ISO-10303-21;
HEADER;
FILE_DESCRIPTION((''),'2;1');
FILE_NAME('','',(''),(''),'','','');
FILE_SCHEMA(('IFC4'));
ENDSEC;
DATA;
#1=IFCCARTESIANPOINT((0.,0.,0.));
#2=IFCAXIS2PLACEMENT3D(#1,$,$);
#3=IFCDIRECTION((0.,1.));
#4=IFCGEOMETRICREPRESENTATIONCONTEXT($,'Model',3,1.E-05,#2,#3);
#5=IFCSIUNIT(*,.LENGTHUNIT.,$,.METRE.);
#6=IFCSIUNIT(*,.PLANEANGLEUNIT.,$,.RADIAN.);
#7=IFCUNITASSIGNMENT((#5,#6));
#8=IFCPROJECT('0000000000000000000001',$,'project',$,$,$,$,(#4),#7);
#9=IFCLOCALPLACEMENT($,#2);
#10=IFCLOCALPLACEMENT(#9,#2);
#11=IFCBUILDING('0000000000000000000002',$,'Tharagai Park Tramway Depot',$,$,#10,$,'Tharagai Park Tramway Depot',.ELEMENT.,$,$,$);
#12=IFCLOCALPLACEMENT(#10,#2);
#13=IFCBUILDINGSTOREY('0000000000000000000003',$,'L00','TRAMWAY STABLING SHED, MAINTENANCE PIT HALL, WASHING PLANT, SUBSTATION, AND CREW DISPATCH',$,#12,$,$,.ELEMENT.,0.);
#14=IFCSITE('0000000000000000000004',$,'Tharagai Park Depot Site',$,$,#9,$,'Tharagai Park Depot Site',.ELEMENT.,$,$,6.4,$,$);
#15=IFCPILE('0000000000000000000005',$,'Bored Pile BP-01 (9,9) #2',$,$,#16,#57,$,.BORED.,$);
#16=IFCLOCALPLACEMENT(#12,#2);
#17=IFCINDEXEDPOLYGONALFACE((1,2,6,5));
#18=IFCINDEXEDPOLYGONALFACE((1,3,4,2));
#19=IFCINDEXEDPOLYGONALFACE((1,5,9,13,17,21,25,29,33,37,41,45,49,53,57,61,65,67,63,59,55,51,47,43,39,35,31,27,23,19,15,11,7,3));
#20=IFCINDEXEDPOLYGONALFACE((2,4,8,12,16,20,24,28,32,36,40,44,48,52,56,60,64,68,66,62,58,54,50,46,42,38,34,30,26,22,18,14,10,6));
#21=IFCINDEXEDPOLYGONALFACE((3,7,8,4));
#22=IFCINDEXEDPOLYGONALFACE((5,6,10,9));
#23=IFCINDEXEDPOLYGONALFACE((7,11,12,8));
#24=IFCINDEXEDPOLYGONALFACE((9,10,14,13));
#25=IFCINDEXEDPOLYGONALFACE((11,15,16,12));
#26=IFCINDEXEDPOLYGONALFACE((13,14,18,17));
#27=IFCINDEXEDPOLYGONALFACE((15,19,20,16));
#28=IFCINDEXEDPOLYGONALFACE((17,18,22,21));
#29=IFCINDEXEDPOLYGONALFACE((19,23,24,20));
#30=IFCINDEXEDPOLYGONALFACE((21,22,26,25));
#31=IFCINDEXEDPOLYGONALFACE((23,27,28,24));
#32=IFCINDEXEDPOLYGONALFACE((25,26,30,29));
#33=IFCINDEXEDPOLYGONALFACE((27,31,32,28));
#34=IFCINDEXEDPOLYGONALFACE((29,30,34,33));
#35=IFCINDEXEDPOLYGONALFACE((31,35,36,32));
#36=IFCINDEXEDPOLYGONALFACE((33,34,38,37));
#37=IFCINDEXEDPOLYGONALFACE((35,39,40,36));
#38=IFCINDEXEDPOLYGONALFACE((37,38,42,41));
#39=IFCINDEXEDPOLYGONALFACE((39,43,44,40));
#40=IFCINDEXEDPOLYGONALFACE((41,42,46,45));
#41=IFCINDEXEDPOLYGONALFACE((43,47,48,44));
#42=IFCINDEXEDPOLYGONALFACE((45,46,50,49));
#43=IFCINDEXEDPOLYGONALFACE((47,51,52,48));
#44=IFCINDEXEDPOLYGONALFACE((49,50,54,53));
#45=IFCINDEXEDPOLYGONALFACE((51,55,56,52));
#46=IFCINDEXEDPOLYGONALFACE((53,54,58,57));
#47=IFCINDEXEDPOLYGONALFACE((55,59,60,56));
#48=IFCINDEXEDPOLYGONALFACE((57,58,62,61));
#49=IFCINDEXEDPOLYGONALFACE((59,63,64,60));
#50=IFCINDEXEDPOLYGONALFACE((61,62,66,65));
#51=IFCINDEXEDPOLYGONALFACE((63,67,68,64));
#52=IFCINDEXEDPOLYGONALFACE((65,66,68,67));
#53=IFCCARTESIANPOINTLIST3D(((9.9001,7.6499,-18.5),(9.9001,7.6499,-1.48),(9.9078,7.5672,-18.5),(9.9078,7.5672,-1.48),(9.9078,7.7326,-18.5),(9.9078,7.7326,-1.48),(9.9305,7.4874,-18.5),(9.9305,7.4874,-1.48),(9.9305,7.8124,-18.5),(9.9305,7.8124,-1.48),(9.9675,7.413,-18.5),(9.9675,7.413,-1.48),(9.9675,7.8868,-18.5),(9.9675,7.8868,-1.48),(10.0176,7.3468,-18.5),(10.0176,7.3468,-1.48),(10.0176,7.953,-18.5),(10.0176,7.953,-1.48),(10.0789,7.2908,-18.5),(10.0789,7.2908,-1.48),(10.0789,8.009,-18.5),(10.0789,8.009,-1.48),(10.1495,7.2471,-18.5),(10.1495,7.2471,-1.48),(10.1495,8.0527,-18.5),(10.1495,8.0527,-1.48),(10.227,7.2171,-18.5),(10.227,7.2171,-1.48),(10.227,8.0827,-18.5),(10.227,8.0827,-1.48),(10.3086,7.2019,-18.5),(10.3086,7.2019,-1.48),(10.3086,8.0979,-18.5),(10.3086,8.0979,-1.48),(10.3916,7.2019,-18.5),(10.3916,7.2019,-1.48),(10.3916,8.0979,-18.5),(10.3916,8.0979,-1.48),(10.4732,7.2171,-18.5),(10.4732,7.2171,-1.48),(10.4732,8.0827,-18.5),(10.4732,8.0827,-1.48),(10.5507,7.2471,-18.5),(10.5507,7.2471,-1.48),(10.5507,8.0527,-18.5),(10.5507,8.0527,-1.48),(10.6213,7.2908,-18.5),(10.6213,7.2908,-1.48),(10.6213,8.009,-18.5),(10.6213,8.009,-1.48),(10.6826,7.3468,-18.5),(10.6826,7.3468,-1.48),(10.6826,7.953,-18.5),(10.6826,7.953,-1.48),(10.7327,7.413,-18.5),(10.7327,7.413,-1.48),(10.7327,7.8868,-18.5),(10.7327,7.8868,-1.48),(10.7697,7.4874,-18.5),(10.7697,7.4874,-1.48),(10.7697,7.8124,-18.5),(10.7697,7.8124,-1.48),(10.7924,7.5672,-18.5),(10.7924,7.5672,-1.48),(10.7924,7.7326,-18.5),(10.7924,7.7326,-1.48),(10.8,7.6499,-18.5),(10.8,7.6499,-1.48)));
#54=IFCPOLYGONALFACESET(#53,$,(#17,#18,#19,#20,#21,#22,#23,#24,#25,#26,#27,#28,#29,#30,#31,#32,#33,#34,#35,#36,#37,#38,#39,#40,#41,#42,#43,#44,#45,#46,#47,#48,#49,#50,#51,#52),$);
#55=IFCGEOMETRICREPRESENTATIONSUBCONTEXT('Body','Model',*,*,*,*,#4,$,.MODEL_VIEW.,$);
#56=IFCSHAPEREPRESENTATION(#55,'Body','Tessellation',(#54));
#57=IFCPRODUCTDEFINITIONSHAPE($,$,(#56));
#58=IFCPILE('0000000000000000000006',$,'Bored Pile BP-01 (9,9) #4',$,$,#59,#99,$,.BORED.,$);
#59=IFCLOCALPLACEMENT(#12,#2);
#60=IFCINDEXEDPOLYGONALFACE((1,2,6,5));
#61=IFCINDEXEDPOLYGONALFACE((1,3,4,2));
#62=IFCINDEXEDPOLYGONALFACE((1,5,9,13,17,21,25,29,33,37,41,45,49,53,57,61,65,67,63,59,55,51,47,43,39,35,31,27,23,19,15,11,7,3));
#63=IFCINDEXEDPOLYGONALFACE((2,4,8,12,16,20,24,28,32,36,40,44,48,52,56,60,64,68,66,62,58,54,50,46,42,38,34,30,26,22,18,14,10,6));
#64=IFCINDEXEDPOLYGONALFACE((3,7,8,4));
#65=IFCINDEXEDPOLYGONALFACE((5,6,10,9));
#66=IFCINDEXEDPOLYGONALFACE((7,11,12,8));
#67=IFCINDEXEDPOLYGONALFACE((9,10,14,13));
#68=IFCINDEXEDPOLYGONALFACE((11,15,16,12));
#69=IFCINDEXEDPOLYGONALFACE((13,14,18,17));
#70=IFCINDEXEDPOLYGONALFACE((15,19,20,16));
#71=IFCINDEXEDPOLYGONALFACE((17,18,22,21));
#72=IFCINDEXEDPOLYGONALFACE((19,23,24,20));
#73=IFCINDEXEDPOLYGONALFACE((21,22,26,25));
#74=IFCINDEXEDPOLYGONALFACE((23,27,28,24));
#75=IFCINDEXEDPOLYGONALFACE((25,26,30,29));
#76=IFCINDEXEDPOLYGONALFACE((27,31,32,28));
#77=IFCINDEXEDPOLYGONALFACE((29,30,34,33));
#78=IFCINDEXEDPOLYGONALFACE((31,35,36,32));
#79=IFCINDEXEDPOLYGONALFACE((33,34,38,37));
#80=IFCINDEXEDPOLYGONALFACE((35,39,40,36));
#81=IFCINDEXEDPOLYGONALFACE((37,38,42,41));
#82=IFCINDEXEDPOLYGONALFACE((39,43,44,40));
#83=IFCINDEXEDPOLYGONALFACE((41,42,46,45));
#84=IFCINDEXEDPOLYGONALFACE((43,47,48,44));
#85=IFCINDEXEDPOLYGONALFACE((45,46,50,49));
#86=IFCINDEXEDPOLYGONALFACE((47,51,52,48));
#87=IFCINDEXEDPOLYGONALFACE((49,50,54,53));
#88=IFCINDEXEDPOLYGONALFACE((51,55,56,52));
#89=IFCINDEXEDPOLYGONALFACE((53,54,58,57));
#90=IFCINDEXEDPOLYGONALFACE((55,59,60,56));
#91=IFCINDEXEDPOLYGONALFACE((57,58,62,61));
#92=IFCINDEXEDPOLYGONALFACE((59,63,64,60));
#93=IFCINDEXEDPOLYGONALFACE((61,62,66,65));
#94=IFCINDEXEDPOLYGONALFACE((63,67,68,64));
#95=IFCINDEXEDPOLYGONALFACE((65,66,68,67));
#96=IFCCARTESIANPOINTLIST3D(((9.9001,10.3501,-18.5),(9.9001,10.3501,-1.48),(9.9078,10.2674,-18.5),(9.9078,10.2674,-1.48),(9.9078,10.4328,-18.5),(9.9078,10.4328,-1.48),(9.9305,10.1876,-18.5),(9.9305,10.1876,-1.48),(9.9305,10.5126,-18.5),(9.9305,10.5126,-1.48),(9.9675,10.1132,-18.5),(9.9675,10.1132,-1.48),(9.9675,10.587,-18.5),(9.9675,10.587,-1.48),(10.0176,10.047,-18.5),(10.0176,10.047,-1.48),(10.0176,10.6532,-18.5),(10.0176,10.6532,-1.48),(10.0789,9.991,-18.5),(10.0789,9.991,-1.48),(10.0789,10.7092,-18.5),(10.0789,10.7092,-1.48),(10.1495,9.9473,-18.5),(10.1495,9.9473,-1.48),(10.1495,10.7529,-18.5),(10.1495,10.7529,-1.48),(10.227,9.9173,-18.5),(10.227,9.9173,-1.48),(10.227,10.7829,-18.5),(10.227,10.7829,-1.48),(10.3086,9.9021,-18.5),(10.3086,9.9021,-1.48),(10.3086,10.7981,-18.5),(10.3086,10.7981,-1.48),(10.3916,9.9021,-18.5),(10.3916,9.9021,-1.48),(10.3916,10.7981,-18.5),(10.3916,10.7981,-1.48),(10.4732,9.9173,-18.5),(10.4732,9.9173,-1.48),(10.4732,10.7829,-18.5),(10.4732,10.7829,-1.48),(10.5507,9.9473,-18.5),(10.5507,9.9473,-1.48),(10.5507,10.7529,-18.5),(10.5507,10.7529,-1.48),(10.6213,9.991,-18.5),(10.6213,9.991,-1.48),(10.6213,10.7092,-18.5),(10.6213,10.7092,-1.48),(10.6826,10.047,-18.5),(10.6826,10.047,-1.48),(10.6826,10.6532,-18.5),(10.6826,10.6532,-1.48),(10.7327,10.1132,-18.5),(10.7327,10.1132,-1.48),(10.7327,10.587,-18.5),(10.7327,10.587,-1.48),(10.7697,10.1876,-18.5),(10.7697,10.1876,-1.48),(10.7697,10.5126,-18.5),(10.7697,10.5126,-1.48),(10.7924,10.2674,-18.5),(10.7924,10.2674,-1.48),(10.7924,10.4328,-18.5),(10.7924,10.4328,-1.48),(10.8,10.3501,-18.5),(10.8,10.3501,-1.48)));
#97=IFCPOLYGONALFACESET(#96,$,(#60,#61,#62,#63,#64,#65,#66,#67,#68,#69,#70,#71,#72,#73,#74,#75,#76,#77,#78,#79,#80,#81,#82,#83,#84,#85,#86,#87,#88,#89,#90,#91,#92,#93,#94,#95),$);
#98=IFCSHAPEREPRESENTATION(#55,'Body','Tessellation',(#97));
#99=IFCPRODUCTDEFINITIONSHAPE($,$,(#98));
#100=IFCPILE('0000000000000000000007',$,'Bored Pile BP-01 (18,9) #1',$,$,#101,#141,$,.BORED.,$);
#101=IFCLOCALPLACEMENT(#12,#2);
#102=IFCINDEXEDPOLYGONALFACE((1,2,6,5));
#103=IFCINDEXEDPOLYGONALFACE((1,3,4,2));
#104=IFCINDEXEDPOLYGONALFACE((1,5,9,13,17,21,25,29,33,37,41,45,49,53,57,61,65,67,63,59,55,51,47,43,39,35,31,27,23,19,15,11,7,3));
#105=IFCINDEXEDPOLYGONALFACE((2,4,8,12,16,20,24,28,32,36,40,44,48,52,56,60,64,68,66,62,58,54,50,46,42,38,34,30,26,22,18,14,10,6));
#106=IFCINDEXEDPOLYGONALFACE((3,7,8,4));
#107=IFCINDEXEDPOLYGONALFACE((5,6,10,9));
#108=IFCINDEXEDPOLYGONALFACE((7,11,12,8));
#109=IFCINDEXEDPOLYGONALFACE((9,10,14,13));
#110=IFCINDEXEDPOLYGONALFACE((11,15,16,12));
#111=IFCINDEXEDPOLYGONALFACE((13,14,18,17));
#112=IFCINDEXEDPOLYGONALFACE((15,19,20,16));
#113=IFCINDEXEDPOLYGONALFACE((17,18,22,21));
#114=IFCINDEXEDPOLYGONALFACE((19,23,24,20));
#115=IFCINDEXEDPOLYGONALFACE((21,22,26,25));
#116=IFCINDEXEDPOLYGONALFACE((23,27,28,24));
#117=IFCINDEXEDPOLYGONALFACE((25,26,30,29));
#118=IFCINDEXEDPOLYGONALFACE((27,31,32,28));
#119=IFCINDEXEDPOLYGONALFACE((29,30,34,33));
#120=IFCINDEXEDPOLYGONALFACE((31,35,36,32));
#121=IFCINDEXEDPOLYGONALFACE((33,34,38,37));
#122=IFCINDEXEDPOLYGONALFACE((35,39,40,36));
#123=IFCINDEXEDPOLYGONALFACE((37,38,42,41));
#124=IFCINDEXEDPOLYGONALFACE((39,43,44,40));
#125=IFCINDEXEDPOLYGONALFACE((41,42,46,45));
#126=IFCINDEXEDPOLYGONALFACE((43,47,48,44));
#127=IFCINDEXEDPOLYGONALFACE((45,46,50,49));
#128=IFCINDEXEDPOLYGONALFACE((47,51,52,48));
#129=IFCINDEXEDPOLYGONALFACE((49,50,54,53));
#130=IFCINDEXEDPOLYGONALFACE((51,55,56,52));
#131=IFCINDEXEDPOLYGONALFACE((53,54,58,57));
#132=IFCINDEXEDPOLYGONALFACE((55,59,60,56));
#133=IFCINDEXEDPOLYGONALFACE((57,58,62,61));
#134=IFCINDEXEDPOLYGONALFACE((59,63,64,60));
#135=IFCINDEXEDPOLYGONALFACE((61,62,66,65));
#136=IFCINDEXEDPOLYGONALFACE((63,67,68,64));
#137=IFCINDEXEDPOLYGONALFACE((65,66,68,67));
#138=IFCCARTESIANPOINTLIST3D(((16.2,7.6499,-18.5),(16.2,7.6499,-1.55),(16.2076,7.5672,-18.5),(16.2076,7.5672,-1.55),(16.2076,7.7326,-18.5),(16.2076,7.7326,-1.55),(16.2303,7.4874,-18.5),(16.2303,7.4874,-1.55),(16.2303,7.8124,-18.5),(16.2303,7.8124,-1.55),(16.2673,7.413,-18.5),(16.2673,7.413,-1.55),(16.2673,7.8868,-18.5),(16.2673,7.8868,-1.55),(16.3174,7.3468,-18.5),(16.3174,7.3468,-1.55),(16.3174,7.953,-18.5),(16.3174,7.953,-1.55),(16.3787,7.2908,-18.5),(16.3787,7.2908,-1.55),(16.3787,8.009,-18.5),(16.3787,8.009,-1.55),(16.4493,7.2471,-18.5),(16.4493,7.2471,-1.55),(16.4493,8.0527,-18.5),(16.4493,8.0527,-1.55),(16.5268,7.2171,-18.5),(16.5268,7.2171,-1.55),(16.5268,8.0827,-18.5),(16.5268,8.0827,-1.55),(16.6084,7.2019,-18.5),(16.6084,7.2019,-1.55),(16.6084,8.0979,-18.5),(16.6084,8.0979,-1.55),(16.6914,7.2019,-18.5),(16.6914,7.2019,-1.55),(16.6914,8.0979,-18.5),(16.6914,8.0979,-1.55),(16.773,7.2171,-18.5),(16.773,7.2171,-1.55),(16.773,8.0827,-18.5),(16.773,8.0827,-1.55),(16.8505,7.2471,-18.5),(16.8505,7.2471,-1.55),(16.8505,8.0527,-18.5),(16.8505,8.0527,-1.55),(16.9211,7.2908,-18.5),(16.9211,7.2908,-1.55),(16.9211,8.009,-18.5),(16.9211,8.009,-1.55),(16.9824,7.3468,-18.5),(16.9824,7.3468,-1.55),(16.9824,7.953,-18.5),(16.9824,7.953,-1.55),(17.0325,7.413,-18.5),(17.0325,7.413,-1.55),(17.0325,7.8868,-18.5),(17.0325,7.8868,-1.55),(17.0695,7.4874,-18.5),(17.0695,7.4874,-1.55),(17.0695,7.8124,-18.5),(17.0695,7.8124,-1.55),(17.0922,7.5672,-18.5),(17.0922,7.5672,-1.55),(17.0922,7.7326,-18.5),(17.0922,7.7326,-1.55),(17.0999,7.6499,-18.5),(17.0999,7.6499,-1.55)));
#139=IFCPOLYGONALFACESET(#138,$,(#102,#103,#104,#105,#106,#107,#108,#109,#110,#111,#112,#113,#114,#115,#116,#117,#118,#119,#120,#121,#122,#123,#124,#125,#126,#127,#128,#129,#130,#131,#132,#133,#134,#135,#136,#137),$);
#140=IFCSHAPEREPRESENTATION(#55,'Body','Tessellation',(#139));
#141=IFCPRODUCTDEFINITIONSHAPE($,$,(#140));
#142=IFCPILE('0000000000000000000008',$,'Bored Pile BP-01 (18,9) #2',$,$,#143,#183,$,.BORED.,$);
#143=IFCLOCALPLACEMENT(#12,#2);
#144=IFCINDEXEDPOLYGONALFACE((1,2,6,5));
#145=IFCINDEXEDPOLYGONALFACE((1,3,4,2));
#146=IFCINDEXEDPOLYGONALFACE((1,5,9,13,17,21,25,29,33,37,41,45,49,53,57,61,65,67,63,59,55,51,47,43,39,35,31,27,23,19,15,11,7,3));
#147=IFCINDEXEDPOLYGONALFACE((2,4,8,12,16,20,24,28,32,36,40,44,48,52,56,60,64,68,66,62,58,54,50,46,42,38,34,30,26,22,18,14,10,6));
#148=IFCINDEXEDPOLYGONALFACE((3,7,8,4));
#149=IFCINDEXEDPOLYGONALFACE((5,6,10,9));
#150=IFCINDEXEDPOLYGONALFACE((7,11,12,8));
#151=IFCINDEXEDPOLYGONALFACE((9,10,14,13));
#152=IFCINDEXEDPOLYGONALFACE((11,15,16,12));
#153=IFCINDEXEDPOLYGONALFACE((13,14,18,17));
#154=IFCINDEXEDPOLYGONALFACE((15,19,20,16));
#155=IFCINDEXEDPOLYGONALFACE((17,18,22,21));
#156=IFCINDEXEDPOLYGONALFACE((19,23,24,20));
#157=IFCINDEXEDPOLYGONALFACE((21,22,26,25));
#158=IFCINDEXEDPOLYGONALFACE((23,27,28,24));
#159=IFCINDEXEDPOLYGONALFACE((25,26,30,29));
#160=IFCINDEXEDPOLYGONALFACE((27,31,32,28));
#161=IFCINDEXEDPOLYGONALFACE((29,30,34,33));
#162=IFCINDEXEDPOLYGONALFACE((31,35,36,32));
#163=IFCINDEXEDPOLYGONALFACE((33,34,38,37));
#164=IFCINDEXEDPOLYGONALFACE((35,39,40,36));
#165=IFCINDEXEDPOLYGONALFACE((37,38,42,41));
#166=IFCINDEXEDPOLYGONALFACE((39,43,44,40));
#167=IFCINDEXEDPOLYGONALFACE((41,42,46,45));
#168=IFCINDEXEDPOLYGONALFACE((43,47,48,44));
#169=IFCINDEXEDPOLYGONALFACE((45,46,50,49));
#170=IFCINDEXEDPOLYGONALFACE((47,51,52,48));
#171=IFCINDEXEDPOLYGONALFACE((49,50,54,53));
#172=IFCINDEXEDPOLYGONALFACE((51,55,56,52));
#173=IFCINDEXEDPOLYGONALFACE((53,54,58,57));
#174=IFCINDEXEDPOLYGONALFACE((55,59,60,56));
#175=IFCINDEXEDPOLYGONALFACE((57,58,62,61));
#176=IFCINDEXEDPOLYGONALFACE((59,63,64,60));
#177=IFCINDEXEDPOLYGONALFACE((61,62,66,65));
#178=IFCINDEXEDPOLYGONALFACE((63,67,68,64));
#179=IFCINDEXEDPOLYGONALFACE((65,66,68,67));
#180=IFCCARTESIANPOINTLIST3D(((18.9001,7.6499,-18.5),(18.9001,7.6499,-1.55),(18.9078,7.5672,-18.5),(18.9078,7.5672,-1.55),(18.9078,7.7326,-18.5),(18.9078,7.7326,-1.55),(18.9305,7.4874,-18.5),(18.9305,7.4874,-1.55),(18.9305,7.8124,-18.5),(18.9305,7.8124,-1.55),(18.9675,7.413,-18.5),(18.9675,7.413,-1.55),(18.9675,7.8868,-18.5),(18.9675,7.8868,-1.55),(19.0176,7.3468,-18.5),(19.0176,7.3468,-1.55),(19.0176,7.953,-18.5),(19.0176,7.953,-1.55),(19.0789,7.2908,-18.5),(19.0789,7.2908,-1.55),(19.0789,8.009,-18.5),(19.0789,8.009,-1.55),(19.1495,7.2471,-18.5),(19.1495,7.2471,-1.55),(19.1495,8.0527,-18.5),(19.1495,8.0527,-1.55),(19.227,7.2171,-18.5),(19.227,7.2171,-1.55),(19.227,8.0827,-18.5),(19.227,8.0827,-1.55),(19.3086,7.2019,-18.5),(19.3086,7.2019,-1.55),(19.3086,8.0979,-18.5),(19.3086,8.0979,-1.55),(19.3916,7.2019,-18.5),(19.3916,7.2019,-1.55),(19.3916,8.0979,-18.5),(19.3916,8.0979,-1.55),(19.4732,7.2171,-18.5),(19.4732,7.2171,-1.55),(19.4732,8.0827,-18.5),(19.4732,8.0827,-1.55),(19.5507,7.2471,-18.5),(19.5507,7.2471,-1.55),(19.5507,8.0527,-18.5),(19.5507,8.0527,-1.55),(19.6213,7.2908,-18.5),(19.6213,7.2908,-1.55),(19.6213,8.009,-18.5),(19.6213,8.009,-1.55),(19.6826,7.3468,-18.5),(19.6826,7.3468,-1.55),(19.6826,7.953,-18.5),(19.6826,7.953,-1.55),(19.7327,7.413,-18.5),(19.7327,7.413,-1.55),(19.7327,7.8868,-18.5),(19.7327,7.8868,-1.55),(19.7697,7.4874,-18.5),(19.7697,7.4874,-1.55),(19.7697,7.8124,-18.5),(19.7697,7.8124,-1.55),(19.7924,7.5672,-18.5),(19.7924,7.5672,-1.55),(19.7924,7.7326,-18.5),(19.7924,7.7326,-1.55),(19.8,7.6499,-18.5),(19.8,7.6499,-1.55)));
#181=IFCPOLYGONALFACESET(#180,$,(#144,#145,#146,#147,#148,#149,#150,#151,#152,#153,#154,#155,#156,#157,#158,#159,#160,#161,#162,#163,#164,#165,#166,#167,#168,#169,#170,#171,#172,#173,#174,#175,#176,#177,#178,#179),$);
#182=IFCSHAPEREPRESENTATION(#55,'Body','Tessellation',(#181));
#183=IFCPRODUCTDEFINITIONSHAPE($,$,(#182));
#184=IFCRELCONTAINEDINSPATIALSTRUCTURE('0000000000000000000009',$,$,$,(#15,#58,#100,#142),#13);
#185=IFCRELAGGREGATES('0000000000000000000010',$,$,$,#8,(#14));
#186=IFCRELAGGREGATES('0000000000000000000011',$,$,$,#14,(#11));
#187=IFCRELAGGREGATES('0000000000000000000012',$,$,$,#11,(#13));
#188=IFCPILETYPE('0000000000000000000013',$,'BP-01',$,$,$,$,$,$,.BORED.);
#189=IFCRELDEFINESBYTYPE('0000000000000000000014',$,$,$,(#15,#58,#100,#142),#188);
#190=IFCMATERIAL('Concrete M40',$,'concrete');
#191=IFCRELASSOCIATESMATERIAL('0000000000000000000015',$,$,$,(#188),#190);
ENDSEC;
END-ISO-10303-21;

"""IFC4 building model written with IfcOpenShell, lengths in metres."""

from ifc_helpers import new_model, si_unit, direction, frame, origin, origin_2d, place, context, subcontext, project, spatial, circle, extrude, material, material_profile, profile_set, type_object, element, save


model = new_model("IFC4")

# Units and contexts
model_context = context("Model", 3, precision=1e-05, world=origin(), true_north=direction((0.0, 1.0)))
body_context = subcontext(model_context, "Body", "Model", "MODEL_VIEW")
ifc_project = project(units=[si_unit("LENGTHUNIT", "METRE"), si_unit("PLANEANGLEUNIT", "RADIAN")], contexts=[model_context])

# Site, building, storey
site_placement = place(None, origin())
site = spatial("IfcSite", under=ifc_project, at=site_placement, Name="Tharagai Park Depot Site", LongName="Tharagai Park Depot Site", CompositionType="ELEMENT", RefElevation=6.4)
building_placement = place(site_placement, origin())
building = spatial("IfcBuilding", under=site, at=building_placement, Name="Tharagai Park Tramway Depot", LongName="Tharagai Park Tramway Depot", CompositionType="ELEMENT")
storey_placement = place(building_placement, origin())
storey = spatial("IfcBuildingStorey", under=building, at=storey_placement, Name="L00", Description="TRAMWAY STABLING SHED, MAINTENANCE PIT HALL, WASHING PLANT, SUBSTATION, AND CREW DISPATCH", CompositionType="ELEMENT", Elevation=0.0)

# Piles
ifc_material_1 = material(Name="Concrete M40", Category="concrete")
ifc_material_profile_1 = material_profile(ifc_material_1, circle(Radius=0.45, at=origin_2d()), Name="PILE D900")
ifc_profile_set_1 = profile_set([ifc_material_profile_1], Name="Concrete M40")
pile_type = type_object("IfcPileType", Name="BP-01", PredefinedType="BORED", material=ifc_profile_set_1)
for number, where, z_axis, x_axis, name in (
    (1, (10.3501, 7.6499, -1.48), (0.0, 0.0, -1.0), (1.0, 0.0, 0.0), "Bored Pile BP-01 (9,9) #2"),
    (2, (10.3501, 10.3501, -1.48), (0.0, 0.0, -1.0), (1.0, 0.0, 0.0), "Bored Pile BP-01 (9,9) #4"),
):
    element("IfcPile", number, at=place(storey_placement, frame(where, z_axis=z_axis, x_axis=x_axis)), inside=storey, type_object=pile_type, Name=name, PredefinedType="BORED", context=body_context, shape_type="SweptSolid", body=[
        extrude(circle(Radius=0.45, at=origin_2d()), origin(), (0.0, 0.0, 1.0), 17.02),
    ])
for number, where, z_axis, x_axis, name in (
    (3, (16.6499, 7.6499, -1.55), (0.0, 0.0, -1.0), (1.0, 0.0, 0.0), "Bored Pile BP-01 (18,9) #1"),
    (4, (19.3501, 7.6499, -1.55), (0.0, 0.0, -1.0), (1.0, 0.0, 0.0), "Bored Pile BP-01 (18,9) #2"),
):
    element("IfcPile", number, at=place(storey_placement, frame(where, z_axis=z_axis, x_axis=x_axis)), inside=storey, type_object=pile_type, Name=name, PredefinedType="BORED", context=body_context, shape_type="SweptSolid", body=[
        extrude(circle(Radius=0.45, at=origin_2d()), origin(), (0.0, 0.0, 1.0), 16.95),
    ])

save(model, "model.ifc")
